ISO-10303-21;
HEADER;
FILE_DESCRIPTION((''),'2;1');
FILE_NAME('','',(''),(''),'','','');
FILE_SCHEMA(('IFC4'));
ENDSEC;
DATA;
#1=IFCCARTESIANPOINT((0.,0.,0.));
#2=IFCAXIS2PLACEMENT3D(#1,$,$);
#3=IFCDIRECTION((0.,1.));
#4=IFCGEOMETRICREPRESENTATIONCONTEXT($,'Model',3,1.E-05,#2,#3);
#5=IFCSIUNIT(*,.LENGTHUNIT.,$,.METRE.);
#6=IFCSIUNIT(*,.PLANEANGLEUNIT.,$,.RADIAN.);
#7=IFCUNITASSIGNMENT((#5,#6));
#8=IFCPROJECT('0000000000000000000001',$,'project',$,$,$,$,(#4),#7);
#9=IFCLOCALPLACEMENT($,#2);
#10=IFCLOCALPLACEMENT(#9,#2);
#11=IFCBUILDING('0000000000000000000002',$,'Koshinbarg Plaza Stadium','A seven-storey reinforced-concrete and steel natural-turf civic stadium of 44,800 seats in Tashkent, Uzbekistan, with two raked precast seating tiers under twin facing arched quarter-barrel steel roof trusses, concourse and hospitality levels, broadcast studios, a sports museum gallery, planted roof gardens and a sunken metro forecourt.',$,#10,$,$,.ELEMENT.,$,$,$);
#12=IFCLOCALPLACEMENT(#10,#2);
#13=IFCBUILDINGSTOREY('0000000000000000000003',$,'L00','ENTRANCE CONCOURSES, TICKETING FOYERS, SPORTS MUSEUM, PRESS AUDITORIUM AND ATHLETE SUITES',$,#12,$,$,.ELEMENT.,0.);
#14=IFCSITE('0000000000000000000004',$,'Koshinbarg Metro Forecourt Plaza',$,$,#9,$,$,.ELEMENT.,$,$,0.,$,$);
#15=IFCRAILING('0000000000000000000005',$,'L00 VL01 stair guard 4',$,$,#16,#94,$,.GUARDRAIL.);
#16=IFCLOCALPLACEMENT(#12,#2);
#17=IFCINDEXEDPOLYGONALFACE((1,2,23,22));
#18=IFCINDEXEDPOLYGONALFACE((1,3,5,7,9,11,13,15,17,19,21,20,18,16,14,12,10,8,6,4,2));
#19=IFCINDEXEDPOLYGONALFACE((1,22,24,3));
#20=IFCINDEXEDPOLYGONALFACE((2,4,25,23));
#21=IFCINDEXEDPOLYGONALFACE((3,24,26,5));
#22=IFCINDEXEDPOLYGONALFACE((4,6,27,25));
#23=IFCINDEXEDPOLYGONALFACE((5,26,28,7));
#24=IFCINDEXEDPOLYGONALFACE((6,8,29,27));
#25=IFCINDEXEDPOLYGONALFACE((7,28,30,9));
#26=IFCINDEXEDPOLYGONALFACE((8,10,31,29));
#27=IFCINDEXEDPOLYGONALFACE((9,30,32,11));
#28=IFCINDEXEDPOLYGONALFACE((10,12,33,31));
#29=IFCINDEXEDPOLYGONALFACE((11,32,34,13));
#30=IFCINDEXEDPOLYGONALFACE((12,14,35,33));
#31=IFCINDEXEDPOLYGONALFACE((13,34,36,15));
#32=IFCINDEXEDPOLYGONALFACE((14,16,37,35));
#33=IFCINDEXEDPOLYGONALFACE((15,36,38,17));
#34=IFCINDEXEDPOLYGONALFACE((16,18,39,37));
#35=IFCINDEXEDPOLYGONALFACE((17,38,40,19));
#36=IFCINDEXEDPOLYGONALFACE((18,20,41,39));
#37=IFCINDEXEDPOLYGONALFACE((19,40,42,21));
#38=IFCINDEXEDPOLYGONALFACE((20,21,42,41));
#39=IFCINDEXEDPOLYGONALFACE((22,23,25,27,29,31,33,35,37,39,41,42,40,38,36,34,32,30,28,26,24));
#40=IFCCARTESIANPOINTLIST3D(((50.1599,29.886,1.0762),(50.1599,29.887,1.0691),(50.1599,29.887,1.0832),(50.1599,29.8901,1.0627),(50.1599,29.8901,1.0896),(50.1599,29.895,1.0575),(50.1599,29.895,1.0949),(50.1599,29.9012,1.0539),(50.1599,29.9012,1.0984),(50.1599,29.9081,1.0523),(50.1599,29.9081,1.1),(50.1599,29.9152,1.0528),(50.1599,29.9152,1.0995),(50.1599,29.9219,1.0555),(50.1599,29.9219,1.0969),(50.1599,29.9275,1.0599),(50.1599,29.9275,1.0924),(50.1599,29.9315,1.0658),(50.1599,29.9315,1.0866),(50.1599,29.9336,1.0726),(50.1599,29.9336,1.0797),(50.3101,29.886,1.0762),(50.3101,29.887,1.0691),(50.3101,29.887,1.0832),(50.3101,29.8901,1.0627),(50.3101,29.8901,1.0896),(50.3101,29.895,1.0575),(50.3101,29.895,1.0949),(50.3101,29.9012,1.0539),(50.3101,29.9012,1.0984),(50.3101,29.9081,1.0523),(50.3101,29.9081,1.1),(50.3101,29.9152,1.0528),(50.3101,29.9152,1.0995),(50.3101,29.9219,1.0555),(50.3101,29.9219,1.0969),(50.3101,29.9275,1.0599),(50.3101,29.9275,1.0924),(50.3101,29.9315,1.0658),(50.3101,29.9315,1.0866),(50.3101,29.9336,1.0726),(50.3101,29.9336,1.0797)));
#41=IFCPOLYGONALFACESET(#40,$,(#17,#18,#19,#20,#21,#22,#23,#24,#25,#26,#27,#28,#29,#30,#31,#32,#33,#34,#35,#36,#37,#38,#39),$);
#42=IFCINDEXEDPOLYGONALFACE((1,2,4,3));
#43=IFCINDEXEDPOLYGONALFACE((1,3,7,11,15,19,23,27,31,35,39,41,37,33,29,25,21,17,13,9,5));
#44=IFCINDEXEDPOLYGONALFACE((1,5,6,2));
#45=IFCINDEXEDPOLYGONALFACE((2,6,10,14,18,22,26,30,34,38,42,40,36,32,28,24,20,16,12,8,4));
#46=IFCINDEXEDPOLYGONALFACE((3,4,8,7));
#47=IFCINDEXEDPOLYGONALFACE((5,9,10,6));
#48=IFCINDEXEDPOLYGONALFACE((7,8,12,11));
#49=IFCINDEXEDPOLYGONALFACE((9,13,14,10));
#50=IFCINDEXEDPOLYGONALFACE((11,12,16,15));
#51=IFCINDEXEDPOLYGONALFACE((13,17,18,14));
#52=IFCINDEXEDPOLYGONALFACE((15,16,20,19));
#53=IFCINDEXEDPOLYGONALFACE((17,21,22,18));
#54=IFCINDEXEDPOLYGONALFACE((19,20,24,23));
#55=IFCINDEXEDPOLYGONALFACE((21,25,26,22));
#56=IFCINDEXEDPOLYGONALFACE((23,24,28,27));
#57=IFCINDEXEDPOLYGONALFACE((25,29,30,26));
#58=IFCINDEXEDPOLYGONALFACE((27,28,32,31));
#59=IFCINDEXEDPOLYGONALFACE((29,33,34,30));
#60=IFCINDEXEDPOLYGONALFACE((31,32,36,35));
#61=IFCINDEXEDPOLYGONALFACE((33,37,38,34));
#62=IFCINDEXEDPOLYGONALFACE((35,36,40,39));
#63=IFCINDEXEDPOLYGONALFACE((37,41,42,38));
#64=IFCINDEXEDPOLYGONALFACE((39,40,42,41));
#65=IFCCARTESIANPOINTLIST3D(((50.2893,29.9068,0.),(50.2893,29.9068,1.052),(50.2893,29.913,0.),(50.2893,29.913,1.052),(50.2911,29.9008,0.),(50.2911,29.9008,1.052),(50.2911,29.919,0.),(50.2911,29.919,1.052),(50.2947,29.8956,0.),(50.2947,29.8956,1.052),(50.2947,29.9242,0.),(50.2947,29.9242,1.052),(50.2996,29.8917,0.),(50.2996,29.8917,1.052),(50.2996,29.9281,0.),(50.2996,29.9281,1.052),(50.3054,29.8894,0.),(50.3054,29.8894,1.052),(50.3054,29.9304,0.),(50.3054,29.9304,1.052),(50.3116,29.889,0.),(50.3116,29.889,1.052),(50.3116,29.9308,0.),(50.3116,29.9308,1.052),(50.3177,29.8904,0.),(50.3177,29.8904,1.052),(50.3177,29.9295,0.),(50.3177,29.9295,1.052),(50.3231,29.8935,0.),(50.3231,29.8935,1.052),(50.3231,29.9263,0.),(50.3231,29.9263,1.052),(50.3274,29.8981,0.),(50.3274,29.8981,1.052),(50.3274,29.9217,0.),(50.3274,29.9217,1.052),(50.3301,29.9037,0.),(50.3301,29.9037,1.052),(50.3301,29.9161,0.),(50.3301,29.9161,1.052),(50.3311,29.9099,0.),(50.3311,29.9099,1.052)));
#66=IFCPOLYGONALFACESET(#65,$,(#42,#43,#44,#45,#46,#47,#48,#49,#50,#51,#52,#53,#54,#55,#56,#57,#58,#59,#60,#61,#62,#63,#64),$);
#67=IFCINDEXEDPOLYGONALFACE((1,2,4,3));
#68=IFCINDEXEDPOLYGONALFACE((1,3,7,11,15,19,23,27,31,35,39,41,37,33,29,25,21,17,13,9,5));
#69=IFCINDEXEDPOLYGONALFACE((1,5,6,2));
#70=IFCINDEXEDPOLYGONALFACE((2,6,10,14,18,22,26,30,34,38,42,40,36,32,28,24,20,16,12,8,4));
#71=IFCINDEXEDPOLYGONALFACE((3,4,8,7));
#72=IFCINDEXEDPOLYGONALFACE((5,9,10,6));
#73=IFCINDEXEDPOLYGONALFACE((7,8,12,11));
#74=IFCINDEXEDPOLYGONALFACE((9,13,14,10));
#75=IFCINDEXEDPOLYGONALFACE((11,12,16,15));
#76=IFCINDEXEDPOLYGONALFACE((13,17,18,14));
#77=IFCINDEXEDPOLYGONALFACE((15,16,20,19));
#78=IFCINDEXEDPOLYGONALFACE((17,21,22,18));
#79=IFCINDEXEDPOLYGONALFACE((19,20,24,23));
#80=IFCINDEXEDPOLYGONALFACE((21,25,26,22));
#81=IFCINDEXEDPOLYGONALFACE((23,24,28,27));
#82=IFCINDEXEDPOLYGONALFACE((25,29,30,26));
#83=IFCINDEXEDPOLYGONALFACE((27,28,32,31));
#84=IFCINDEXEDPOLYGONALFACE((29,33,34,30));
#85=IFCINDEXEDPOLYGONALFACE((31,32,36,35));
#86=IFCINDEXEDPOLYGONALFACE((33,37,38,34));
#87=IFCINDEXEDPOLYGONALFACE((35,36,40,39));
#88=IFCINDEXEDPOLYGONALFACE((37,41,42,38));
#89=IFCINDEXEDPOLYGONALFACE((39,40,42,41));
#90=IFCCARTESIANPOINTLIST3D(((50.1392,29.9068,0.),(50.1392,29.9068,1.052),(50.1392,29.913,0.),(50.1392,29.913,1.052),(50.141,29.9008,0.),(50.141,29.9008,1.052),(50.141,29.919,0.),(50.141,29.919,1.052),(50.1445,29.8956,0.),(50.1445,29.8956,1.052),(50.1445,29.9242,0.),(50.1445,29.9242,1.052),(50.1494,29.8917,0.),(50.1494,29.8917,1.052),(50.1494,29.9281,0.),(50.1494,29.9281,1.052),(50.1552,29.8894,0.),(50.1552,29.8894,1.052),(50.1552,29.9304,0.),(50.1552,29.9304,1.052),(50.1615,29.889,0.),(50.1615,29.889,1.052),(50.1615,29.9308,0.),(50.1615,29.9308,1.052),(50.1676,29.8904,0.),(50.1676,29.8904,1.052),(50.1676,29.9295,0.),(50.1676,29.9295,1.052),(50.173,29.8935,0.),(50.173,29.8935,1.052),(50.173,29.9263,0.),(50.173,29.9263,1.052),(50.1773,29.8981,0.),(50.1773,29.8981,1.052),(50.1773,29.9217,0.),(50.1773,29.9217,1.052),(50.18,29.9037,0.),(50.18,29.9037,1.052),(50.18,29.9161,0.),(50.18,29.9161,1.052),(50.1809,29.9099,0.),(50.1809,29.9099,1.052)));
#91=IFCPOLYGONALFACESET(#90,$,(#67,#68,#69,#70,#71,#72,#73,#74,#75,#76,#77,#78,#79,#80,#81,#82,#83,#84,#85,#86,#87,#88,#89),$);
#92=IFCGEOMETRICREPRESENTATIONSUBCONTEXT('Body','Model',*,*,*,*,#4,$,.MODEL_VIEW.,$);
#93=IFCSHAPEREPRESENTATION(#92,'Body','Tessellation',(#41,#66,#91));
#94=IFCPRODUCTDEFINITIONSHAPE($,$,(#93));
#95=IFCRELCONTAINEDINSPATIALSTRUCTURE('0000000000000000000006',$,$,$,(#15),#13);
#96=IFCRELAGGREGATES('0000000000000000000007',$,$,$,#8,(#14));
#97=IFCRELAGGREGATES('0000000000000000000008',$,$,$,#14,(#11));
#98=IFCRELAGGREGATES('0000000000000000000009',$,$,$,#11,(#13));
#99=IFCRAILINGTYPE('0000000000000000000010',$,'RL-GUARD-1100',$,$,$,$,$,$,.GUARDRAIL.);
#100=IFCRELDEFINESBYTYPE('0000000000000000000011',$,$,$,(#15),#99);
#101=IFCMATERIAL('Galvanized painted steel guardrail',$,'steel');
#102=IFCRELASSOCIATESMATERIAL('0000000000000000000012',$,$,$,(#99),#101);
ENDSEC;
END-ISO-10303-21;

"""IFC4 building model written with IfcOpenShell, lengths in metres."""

from ifc_helpers import new_model, si_unit, direction, frame, origin, origin_2d, place, context, subcontext, project, spatial, circle, extrude, material, type_object, element, save


model = new_model("IFC4")

# Units and contexts
model_context = context("Model", 3, precision=1e-05, world=origin(), true_north=direction((0.0, 1.0)))
body_context = subcontext(model_context, "Body", "Model", "MODEL_VIEW")
ifc_project = project(units=[si_unit("LENGTHUNIT", "METRE"), si_unit("PLANEANGLEUNIT", "RADIAN")], contexts=[model_context])

# Site, building, storey
site_placement = place(None, origin())
site = spatial("IfcSite", under=ifc_project, at=site_placement, Name="Koshinbarg Metro Forecourt Plaza", CompositionType="ELEMENT", RefElevation=0.0)
building_placement = place(site_placement, origin())
building = spatial("IfcBuilding", under=site, at=building_placement, Name="Koshinbarg Plaza Stadium", Description="A seven-storey reinforced-concrete and steel natural-turf civic stadium of 44,800 seats in Tashkent, Uzbekistan, with two raked precast seating tiers under twin facing arched quarter-barrel steel roof trusses, concourse and hospitality levels, broadcast studios, a sports museum gallery, planted roof gardens and a sunken metro forecourt.", CompositionType="ELEMENT")
storey_placement = place(building_placement, origin())
storey = spatial("IfcBuildingStorey", under=building, at=storey_placement, Name="L00", Description="ENTRANCE CONCOURSES, TICKETING FOYERS, SPORTS MUSEUM, PRESS AUDITORIUM AND ATHLETE SUITES", CompositionType="ELEMENT", Elevation=0.0)

# Railing
ifc_material_1 = material(Name="Galvanized painted steel guardrail", Category="steel")
railing_type_1 = type_object("IfcRailingType", Name="RL-GUARD-1100", PredefinedType="GUARDRAIL", material=ifc_material_1)
railing_1_placement = place(storey_placement, frame((50.3101, 29.9099, 0.0)))
element("IfcRailing", 1, at=railing_1_placement, inside=storey, type_object=railing_type_1, Name="L00 VL01 stair guard 4", PredefinedType="GUARDRAIL", context=body_context, shape_type="SweptSolid", body=[
    extrude(circle(Radius=0.0239, at=origin_2d()), frame((0.0, 0.0, 1.0762), z_axis=(-1.0, 0.0, 0.0), x_axis=(0.0, -1.0, 0.0)), (0.0, 0.0, 1.0), 0.1501),
    extrude(circle(Radius=0.021, at=origin_2d()), origin(), (0.0, 0.0, 1.0), 1.052),
    extrude(circle(Radius=0.021, at=origin_2d()), frame((-0.1501, 0.0, 0.0)), (0.0, 0.0, 1.0), 1.052),
])

save(model, "model.ifc")
